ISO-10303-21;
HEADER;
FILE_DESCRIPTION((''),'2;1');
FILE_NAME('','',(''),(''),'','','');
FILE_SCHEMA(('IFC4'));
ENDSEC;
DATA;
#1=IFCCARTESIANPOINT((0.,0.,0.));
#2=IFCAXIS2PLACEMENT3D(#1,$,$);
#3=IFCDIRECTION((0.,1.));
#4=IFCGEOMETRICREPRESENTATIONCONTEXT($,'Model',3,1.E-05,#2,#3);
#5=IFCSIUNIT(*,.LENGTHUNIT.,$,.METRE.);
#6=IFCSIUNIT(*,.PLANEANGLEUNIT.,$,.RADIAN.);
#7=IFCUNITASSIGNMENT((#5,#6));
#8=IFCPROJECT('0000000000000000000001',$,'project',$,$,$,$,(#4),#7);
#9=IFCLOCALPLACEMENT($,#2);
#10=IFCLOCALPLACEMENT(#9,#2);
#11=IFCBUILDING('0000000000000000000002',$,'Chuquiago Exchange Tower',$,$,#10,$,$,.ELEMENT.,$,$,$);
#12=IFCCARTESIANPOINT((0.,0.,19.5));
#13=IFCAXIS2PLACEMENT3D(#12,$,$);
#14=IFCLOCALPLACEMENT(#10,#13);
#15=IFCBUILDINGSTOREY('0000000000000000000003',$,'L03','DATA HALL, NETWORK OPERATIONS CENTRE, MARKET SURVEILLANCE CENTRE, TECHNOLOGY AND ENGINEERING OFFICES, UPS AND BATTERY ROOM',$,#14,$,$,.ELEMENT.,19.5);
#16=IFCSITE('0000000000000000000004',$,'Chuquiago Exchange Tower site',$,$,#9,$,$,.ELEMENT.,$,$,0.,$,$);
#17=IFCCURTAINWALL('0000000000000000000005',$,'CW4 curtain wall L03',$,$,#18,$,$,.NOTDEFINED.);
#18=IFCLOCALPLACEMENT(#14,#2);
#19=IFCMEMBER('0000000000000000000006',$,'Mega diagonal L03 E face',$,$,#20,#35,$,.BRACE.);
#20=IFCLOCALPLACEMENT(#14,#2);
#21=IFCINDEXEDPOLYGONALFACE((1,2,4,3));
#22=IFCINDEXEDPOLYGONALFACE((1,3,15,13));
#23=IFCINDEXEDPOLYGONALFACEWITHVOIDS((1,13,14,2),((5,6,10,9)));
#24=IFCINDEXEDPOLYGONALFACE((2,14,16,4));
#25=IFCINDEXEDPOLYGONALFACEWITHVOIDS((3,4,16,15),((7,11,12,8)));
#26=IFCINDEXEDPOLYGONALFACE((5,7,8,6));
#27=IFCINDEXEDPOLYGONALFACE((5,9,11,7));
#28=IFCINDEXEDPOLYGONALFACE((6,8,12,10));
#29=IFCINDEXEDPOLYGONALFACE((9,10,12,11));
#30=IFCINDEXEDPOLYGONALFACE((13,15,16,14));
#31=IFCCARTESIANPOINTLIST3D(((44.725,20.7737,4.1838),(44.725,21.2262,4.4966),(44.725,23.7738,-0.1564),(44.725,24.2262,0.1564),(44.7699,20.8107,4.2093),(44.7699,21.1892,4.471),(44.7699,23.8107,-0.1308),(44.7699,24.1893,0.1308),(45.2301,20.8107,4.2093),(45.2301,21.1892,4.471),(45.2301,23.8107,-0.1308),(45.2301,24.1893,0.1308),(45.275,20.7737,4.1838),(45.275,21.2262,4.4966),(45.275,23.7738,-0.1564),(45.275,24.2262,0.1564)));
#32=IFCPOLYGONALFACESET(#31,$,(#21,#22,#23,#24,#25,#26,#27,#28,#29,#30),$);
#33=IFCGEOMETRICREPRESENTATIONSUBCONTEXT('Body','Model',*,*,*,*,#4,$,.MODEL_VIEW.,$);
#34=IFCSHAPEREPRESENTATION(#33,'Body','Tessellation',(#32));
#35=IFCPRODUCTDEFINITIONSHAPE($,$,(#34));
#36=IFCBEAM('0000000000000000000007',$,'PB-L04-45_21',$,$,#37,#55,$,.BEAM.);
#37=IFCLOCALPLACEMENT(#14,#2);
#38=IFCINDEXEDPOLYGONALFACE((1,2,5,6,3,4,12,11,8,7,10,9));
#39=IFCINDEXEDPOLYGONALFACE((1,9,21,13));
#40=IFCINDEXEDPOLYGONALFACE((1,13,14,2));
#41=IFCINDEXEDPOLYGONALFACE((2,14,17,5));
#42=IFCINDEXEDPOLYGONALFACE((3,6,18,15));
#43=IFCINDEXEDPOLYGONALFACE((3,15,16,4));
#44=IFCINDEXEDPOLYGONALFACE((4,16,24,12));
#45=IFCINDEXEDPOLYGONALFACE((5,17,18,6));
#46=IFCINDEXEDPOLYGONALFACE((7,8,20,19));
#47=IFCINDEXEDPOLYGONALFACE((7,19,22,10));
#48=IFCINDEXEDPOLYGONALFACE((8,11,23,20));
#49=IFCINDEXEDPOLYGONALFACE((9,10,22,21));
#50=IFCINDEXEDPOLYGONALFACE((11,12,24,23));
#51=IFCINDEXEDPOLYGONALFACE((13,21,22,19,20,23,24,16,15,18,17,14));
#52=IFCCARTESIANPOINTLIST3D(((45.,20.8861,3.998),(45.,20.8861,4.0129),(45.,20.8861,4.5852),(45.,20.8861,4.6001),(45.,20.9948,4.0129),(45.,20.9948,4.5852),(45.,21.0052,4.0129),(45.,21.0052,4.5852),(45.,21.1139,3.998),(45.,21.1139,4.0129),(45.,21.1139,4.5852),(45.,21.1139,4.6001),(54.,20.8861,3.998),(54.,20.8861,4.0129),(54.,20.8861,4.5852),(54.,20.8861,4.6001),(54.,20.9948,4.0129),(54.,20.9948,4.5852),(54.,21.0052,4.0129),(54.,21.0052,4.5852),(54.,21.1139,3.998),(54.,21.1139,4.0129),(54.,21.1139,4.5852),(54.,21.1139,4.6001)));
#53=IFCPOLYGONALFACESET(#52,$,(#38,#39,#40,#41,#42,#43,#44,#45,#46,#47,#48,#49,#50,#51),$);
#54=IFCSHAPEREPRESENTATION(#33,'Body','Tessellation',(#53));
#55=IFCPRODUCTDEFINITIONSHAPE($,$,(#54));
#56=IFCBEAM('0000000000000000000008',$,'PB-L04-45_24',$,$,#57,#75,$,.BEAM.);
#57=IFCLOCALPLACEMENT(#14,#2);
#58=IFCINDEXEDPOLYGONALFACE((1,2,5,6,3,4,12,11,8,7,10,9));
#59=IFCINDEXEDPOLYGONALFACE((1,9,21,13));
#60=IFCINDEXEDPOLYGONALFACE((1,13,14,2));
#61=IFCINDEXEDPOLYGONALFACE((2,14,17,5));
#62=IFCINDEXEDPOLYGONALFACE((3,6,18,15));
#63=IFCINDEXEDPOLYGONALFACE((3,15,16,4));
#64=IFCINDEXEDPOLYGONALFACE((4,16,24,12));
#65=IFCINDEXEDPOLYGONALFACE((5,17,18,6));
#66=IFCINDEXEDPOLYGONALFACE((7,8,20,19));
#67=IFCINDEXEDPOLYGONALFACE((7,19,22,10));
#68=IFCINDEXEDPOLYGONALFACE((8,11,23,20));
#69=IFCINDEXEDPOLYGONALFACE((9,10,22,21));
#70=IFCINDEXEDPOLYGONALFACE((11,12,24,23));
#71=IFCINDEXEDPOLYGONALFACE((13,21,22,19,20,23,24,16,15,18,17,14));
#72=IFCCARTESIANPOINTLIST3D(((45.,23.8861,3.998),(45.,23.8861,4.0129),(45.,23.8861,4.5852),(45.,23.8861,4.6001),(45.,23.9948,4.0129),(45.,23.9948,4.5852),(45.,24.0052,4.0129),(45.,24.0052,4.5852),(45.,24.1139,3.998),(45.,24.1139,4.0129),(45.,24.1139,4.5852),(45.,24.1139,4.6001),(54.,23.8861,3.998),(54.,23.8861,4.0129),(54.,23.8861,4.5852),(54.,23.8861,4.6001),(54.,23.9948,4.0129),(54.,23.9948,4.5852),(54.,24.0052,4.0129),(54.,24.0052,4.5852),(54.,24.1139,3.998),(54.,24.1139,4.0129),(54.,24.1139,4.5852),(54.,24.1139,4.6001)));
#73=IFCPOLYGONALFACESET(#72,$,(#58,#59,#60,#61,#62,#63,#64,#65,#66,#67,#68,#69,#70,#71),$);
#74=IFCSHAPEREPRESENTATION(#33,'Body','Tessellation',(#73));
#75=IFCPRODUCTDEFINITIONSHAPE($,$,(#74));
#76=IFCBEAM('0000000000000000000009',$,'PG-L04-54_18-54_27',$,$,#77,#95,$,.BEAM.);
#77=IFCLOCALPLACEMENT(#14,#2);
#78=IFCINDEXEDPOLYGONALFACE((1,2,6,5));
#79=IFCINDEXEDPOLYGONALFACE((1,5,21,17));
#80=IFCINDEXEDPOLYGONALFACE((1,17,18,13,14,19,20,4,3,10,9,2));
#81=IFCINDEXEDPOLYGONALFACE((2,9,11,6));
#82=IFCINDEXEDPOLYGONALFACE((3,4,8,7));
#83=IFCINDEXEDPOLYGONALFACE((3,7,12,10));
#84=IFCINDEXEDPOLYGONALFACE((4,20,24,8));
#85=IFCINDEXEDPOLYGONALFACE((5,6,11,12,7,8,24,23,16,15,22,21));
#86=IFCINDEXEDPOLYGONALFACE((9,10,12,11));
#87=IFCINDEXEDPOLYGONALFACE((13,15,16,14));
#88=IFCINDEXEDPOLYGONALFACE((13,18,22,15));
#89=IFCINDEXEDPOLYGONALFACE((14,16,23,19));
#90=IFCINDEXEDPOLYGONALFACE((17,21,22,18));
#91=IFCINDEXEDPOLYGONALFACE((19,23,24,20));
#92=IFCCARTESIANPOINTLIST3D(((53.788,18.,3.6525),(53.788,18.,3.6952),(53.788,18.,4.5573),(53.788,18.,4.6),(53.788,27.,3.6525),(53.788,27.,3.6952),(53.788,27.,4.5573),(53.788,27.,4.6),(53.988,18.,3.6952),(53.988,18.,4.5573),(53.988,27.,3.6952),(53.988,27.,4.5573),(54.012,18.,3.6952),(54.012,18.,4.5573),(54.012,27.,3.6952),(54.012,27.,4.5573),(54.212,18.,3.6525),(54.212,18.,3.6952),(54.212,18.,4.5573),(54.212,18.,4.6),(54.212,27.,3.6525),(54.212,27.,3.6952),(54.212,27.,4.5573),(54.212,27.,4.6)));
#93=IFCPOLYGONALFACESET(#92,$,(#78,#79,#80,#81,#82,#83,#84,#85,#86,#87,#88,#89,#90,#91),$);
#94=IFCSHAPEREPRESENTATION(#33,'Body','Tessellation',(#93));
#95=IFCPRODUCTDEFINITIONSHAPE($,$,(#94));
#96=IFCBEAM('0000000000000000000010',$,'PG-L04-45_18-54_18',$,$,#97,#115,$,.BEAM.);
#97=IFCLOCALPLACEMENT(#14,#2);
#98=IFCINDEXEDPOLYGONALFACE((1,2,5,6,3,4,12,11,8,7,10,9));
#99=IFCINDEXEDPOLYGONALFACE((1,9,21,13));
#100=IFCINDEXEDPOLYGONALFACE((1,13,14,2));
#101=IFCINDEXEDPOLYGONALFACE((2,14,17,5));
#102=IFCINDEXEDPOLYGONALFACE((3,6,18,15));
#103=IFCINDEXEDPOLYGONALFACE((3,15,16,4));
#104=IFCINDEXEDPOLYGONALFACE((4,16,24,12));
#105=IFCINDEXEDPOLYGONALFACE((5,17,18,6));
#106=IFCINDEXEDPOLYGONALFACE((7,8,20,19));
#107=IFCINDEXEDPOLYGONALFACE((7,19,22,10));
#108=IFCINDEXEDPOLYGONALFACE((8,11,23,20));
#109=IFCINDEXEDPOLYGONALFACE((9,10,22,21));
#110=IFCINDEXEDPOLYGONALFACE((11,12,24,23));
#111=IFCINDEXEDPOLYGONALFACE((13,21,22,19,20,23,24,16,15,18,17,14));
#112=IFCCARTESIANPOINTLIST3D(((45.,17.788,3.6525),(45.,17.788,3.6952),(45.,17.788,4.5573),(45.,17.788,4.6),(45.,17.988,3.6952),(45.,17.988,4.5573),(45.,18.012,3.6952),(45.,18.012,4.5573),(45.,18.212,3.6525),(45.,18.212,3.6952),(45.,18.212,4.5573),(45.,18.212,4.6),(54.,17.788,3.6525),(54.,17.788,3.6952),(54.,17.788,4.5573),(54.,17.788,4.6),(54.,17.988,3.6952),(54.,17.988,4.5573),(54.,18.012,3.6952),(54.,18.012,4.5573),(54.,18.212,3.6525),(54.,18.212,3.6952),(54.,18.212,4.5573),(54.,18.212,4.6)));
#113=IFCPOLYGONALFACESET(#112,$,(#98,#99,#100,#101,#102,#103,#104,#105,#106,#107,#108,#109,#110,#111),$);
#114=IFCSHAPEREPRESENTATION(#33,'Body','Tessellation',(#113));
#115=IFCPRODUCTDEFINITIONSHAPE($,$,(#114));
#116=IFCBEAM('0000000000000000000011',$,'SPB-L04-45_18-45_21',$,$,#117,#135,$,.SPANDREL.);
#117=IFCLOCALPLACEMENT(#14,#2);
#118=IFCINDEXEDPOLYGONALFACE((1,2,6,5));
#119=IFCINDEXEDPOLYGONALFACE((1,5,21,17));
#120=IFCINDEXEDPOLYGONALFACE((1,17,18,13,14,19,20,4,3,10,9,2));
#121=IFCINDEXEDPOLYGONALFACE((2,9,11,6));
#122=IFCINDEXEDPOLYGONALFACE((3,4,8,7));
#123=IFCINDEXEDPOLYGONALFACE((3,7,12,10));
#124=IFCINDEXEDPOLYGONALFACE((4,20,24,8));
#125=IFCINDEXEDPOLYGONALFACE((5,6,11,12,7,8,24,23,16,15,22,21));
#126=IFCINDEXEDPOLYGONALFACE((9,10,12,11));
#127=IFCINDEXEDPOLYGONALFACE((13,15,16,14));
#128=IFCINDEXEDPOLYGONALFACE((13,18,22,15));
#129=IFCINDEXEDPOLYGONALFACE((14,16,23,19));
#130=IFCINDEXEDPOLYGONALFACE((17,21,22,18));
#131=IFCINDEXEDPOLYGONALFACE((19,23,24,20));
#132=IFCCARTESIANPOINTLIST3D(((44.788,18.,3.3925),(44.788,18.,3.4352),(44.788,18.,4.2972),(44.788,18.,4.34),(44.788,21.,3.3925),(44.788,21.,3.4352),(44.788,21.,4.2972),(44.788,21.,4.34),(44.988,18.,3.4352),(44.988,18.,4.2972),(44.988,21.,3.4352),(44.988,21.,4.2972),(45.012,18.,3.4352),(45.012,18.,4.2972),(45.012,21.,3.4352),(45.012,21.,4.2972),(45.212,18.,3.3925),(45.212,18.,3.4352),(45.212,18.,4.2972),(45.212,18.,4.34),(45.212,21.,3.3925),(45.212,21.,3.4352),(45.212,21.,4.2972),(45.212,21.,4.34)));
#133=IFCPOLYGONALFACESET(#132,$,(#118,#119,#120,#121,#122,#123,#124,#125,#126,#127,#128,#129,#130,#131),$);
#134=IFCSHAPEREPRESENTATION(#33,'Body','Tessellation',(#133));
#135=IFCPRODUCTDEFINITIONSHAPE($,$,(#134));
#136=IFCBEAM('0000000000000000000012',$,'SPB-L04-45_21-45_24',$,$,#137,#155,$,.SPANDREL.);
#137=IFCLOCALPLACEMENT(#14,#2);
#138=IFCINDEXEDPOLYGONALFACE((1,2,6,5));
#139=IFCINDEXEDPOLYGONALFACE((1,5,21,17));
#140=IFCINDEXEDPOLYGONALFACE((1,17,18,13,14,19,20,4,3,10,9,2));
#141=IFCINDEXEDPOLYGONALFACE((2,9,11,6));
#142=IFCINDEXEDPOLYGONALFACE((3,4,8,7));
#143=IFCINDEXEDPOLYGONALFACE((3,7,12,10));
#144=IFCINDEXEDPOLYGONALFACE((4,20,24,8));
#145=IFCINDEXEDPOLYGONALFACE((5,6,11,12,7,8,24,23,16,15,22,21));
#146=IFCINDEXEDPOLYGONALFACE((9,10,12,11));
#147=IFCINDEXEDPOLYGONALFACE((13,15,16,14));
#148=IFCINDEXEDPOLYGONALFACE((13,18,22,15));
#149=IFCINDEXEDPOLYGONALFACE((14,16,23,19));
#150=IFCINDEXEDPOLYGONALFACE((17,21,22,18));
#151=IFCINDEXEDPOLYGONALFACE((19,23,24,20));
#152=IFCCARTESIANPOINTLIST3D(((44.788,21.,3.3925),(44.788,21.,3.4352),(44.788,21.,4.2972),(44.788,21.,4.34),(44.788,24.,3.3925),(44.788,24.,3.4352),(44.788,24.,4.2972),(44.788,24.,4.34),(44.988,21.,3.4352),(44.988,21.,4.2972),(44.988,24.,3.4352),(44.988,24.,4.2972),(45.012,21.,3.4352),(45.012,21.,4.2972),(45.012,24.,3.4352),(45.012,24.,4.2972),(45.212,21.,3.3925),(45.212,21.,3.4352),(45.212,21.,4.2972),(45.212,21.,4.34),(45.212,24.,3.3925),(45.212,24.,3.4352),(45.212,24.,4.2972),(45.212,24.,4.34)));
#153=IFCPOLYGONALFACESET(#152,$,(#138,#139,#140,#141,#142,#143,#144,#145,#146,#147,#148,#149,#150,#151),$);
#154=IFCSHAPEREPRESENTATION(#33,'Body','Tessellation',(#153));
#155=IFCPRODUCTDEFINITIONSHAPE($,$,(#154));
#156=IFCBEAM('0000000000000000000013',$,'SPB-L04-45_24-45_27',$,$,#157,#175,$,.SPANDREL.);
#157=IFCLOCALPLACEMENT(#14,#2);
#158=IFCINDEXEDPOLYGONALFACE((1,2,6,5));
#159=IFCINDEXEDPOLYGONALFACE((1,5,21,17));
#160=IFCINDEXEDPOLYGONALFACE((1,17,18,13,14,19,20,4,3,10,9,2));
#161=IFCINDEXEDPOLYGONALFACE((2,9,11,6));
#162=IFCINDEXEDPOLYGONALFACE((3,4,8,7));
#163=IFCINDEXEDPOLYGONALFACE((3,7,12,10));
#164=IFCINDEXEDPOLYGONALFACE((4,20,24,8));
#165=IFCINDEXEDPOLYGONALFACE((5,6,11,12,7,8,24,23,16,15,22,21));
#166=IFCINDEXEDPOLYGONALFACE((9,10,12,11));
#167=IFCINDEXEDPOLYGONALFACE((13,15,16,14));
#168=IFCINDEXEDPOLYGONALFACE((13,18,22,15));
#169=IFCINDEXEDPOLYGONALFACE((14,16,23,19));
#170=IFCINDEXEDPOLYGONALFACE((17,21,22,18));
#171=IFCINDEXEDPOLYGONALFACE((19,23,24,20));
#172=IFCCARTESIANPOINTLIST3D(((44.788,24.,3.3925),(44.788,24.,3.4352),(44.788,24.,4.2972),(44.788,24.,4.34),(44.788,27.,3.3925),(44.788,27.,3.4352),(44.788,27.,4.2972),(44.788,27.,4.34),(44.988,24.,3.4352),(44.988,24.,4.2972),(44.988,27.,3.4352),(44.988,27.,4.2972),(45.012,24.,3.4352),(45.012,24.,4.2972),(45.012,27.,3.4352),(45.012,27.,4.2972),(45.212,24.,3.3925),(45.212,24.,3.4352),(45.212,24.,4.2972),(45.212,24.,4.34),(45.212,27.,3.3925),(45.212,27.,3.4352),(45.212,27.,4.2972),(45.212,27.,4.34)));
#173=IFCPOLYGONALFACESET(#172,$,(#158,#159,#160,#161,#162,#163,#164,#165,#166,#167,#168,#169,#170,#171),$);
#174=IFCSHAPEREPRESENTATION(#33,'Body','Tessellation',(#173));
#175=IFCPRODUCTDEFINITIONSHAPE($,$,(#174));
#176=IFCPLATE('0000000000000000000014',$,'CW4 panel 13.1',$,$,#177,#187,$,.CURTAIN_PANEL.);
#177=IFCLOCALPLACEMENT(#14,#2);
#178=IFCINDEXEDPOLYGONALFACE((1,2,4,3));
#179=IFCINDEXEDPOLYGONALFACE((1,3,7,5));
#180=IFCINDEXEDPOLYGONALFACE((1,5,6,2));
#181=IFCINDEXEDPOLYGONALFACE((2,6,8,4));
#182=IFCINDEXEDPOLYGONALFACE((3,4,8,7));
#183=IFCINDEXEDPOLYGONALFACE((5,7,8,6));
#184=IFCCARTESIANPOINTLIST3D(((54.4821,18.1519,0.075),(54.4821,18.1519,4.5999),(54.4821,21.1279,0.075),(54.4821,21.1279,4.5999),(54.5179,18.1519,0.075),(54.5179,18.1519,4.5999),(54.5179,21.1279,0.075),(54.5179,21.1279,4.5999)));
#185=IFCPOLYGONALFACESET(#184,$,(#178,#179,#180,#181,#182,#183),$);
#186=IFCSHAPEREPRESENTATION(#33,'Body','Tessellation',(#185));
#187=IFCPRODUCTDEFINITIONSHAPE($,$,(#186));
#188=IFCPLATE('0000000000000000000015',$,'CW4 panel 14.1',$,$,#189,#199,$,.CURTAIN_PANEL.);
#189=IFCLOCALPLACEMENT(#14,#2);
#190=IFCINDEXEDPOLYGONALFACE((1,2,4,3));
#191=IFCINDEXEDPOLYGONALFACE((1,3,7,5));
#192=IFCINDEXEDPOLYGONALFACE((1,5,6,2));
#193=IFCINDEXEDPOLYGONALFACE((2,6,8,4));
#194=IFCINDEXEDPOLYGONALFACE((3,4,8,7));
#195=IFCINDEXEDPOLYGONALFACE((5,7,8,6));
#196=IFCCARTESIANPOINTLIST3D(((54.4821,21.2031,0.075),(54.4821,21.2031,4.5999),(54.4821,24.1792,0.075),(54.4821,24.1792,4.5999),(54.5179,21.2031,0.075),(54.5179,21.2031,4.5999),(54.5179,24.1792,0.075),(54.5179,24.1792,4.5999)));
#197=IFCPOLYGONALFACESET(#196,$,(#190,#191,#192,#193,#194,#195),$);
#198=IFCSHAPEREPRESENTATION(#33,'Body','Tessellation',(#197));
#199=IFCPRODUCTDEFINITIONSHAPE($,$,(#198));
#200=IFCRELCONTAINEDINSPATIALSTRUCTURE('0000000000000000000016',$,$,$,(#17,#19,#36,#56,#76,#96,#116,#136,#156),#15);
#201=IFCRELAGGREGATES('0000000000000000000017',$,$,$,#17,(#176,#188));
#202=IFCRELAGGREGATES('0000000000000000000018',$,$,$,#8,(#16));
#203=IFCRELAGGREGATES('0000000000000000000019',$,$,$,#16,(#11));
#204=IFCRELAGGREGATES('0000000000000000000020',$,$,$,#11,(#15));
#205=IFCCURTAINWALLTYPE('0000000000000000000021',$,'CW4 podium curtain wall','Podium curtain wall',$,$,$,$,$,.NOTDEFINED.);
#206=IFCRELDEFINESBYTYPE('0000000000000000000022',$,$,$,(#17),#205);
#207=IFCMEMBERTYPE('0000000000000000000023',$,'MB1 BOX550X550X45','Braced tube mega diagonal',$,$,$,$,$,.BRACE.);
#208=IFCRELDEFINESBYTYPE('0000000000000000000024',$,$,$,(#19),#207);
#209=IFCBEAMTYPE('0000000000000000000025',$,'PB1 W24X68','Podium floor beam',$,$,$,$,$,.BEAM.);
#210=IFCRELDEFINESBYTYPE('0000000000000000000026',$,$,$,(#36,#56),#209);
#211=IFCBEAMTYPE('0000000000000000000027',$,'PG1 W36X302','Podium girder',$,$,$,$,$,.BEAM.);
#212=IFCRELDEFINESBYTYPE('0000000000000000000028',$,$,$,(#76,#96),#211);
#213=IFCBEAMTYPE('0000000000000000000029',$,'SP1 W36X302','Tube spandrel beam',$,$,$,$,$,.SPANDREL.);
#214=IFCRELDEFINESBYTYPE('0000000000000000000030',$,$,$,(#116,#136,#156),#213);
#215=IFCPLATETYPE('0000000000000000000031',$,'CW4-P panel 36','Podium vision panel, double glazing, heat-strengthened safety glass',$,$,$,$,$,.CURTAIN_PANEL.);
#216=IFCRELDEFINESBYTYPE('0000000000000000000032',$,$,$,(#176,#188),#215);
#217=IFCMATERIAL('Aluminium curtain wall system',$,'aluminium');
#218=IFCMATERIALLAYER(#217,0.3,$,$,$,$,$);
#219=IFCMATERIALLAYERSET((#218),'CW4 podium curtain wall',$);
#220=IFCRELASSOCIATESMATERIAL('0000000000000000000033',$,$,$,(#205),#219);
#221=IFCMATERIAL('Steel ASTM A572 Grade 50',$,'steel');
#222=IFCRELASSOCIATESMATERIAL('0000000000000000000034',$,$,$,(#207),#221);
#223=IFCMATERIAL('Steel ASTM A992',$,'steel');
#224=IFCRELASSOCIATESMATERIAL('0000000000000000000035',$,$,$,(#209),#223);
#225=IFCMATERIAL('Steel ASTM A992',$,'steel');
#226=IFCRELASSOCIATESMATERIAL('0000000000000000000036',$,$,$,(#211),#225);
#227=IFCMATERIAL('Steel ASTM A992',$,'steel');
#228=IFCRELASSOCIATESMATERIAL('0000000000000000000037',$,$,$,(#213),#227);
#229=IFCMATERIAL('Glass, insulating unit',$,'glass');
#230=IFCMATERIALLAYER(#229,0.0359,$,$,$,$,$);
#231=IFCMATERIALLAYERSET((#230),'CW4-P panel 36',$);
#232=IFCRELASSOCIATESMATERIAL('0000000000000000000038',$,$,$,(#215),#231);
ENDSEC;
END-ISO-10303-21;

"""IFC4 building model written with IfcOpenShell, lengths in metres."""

from ifc_helpers import new_model, si_unit, direction, frame, origin, origin_2d, place, context, subcontext, project, spatial, rectangle, hollow_rectangle, i_section, extrude, material, layer, layer_set, material_profile, profile_set, type_object, element, aggregate, save


model = new_model("IFC4")

# Units and contexts
model_context = context("Model", 3, precision=1e-05, world=origin(), true_north=direction((0.0, 1.0)))
body_context = subcontext(model_context, "Body", "Model", "MODEL_VIEW")
ifc_project = project(units=[si_unit("LENGTHUNIT", "METRE"), si_unit("PLANEANGLEUNIT", "RADIAN")], contexts=[model_context])

# Site, building, storey
site_placement = place(None, origin())
site = spatial("IfcSite", under=ifc_project, at=site_placement, Name="Chuquiago Exchange Tower site", CompositionType="ELEMENT", RefElevation=0.0)
building_placement = place(site_placement, origin())
building = spatial("IfcBuilding", under=site, at=building_placement, Name="Chuquiago Exchange Tower", CompositionType="ELEMENT")
storey_placement = place(building_placement, frame((0.0, 0.0, 19.5)))
storey = spatial("IfcBuildingStorey", under=building, at=storey_placement, Name="L03", Description="DATA HALL, NETWORK OPERATIONS CENTRE, MARKET SURVEILLANCE CENTRE, TECHNOLOGY AND ENGINEERING OFFICES, UPS AND BATTERY ROOM", CompositionType="ELEMENT", Elevation=19.5)

# Curtain wall
ifc_material_1 = material(Name="Aluminium curtain wall system", Category="aluminium")
ifc_layer_1 = layer(ifc_material_1, 0.3)
ifc_layer_set_1 = layer_set([ifc_layer_1], Name="CW4 podium curtain wall")
curtain_wall_type = type_object("IfcCurtainWallType", Name="CW4 podium curtain wall", Description="Podium curtain wall", PredefinedType="NOTDEFINED", material=ifc_layer_set_1)
curtain_wall_placement = place(storey_placement, origin())
curtain_wall = element("IfcCurtainWall", 1, at=curtain_wall_placement, inside=storey, type_object=curtain_wall_type, Name="CW4 curtain wall L03", PredefinedType="NOTDEFINED")

# Member
ifc_material_2 = material(Name="Steel ASTM A572 Grade 50", Category="steel")
ifc_material_profile_1 = material_profile(ifc_material_2, hollow_rectangle(XDim=0.55, YDim=0.55, WallThickness=0.0449, at=origin_2d()), Name="BOX550X550X45")
ifc_profile_set_1 = profile_set([ifc_material_profile_1], Name="Steel ASTM A572 Grade 50")
member_type_1 = type_object("IfcMemberType", Name="MB1 BOX550X550X45", Description="Braced tube mega diagonal", PredefinedType="BRACE", material=ifc_profile_set_1)
for number, where, z_axis, x_axis, name in (
    (2, (45.0, 24.0, 0.0), (0.0, -0.568611, 0.822607), (1.0, 0.0, 0.0), "Mega diagonal L03 E face"),
):
    element("IfcMember", number, at=place(storey_placement, frame(where, z_axis=z_axis, x_axis=x_axis)), inside=storey, type_object=member_type_1, Name=name, PredefinedType="BRACE", context=body_context, shape_type="SweptSolid", body=[
        extrude(hollow_rectangle(XDim=0.55, YDim=0.55, WallThickness=0.0449, at=origin_2d()), origin(), (0.0, 0.0, 1.0), 5.2761),
    ])

# Beams
ifc_material_3 = material(Name="Steel ASTM A992", Category="steel")
ifc_material_profile_2 = material_profile(ifc_material_3, i_section(OverallWidth=0.2278, OverallDepth=0.6021, WebThickness=0.0105, FlangeThickness=0.0149, at=origin_2d()), Name="W24X68")
ifc_profile_set_2 = profile_set([ifc_material_profile_2], Name="Steel ASTM A992")
beam_type_1 = type_object("IfcBeamType", Name="PB1 W24X68", Description="Podium floor beam", PredefinedType="BEAM", material=ifc_profile_set_2)
for number, where, z_axis, x_axis, name in (
    (3, (45.0, 21.0, 4.2991), (1.0, 0.0, 0.0), (0.0, 1.0, 0.0), "PB-L04-45_21"),
    (4, (45.0, 24.0, 4.2991), (1.0, 0.0, 0.0), (0.0, 1.0, 0.0), "PB-L04-45_24"),
):
    element("IfcBeam", number, at=place(storey_placement, frame(where, z_axis=z_axis, x_axis=x_axis)), inside=storey, type_object=beam_type_1, Name=name, PredefinedType="BEAM", context=body_context, shape_type="SweptSolid", body=[
        extrude(i_section(OverallWidth=0.2278, OverallDepth=0.6021, WebThickness=0.0105, FlangeThickness=0.0149, at=origin_2d()), origin(), (0.0, 0.0, 1.0), 9.0),
    ])
ifc_material_4 = material(Name="Steel ASTM A992", Category="steel")
ifc_material_profile_3 = material_profile(ifc_material_4, i_section(OverallWidth=0.4241, OverallDepth=0.9475, WebThickness=0.0239, FlangeThickness=0.0427, at=origin_2d()), Name="W36X302")
ifc_profile_set_3 = profile_set([ifc_material_profile_3], Name="Steel ASTM A992")
beam_type_2 = type_object("IfcBeamType", Name="PG1 W36X302", Description="Podium girder", PredefinedType="BEAM", material=ifc_profile_set_3)
for number, where, z_axis, x_axis, name in (
    (5, (54.0, 18.0, 4.1262), (0.0, 1.0, 0.0), (-1.0, 0.0, 0.0), "PG-L04-54_18-54_27"),
    (6, (45.0, 18.0, 4.1262), (1.0, 0.0, 0.0), (0.0, 1.0, 0.0), "PG-L04-45_18-54_18"),
):
    element("IfcBeam", number, at=place(storey_placement, frame(where, z_axis=z_axis, x_axis=x_axis)), inside=storey, type_object=beam_type_2, Name=name, PredefinedType="BEAM", context=body_context, shape_type="SweptSolid", body=[
        extrude(i_section(OverallWidth=0.4241, OverallDepth=0.9475, WebThickness=0.0239, FlangeThickness=0.0427, at=origin_2d()), origin(), (0.0, 0.0, 1.0), 9.0),
    ])
ifc_material_5 = material(Name="Steel ASTM A992", Category="steel")
ifc_material_profile_4 = material_profile(ifc_material_5, i_section(OverallWidth=0.4241, OverallDepth=0.9475, WebThickness=0.0239, FlangeThickness=0.0427, at=origin_2d()), Name="W36X302")
ifc_profile_set_4 = profile_set([ifc_material_profile_4], Name="Steel ASTM A992")
beam_type_3 = type_object("IfcBeamType", Name="SP1 W36X302", Description="Tube spandrel beam", PredefinedType="SPANDREL", material=ifc_profile_set_4)
for number, where, z_axis, x_axis, name in (
    (7, (45.0, 18.0, 3.8662), (0.0, 1.0, 0.0), (-1.0, 0.0, 0.0), "SPB-L04-45_18-45_21"),
    (8, (45.0, 21.0, 3.8662), (0.0, 1.0, 0.0), (-1.0, 0.0, 0.0), "SPB-L04-45_21-45_24"),
    (9, (45.0, 24.0, 3.8662), (0.0, 1.0, 0.0), (-1.0, 0.0, 0.0), "SPB-L04-45_24-45_27"),
):
    element("IfcBeam", number, at=place(storey_placement, frame(where, z_axis=z_axis, x_axis=x_axis)), inside=storey, type_object=beam_type_3, Name=name, PredefinedType="SPANDREL", context=body_context, shape_type="SweptSolid", body=[
        extrude(i_section(OverallWidth=0.4241, OverallDepth=0.9475, WebThickness=0.0239, FlangeThickness=0.0427, at=origin_2d()), origin(), (0.0, 0.0, 1.0), 3.0),
    ])

# Plates
ifc_material_6 = material(Name="Glass, insulating unit", Category="glass")
ifc_layer_2 = layer(ifc_material_6, 0.0359)
ifc_layer_set_2 = layer_set([ifc_layer_2], Name="CW4-P panel 36")
plate_type = type_object("IfcPlateType", Name="CW4-P panel 36", Description="Podium vision panel, double glazing, heat-strengthened safety glass", PredefinedType="CURTAIN_PANEL", material=ifc_layer_set_2)
plate_1_placement = place(storey_placement, frame((54.5, 19.6399, 0.075), z_axis=(0.0, 0.0, 1.0), x_axis=(0.0, 1.0, 0.0)))
plate_1 = element("IfcPlate", 10, at=plate_1_placement, type_object=plate_type, Name="CW4 panel 13.1", PredefinedType="CURTAIN_PANEL", context=body_context, shape_type="SweptSolid", body=[
    extrude(rectangle(XDim=2.9761, YDim=0.0359, at=origin_2d()), origin(), (0.0, 0.0, 1.0), 4.5249),
])
plate_2_placement = place(storey_placement, frame((54.5, 22.6912, 0.075), z_axis=(0.0, 0.0, 1.0), x_axis=(0.0, 1.0, 0.0)))
plate_2 = element("IfcPlate", 11, at=plate_2_placement, type_object=plate_type, Name="CW4 panel 14.1", PredefinedType="CURTAIN_PANEL", context=body_context, shape_type="SweptSolid", body=[
    extrude(rectangle(XDim=2.9761, YDim=0.0359, at=origin_2d()), origin(), (0.0, 0.0, 1.0), 4.5249),
])
aggregate(curtain_wall, [plate_1, plate_2])

save(model, "model.ifc")
